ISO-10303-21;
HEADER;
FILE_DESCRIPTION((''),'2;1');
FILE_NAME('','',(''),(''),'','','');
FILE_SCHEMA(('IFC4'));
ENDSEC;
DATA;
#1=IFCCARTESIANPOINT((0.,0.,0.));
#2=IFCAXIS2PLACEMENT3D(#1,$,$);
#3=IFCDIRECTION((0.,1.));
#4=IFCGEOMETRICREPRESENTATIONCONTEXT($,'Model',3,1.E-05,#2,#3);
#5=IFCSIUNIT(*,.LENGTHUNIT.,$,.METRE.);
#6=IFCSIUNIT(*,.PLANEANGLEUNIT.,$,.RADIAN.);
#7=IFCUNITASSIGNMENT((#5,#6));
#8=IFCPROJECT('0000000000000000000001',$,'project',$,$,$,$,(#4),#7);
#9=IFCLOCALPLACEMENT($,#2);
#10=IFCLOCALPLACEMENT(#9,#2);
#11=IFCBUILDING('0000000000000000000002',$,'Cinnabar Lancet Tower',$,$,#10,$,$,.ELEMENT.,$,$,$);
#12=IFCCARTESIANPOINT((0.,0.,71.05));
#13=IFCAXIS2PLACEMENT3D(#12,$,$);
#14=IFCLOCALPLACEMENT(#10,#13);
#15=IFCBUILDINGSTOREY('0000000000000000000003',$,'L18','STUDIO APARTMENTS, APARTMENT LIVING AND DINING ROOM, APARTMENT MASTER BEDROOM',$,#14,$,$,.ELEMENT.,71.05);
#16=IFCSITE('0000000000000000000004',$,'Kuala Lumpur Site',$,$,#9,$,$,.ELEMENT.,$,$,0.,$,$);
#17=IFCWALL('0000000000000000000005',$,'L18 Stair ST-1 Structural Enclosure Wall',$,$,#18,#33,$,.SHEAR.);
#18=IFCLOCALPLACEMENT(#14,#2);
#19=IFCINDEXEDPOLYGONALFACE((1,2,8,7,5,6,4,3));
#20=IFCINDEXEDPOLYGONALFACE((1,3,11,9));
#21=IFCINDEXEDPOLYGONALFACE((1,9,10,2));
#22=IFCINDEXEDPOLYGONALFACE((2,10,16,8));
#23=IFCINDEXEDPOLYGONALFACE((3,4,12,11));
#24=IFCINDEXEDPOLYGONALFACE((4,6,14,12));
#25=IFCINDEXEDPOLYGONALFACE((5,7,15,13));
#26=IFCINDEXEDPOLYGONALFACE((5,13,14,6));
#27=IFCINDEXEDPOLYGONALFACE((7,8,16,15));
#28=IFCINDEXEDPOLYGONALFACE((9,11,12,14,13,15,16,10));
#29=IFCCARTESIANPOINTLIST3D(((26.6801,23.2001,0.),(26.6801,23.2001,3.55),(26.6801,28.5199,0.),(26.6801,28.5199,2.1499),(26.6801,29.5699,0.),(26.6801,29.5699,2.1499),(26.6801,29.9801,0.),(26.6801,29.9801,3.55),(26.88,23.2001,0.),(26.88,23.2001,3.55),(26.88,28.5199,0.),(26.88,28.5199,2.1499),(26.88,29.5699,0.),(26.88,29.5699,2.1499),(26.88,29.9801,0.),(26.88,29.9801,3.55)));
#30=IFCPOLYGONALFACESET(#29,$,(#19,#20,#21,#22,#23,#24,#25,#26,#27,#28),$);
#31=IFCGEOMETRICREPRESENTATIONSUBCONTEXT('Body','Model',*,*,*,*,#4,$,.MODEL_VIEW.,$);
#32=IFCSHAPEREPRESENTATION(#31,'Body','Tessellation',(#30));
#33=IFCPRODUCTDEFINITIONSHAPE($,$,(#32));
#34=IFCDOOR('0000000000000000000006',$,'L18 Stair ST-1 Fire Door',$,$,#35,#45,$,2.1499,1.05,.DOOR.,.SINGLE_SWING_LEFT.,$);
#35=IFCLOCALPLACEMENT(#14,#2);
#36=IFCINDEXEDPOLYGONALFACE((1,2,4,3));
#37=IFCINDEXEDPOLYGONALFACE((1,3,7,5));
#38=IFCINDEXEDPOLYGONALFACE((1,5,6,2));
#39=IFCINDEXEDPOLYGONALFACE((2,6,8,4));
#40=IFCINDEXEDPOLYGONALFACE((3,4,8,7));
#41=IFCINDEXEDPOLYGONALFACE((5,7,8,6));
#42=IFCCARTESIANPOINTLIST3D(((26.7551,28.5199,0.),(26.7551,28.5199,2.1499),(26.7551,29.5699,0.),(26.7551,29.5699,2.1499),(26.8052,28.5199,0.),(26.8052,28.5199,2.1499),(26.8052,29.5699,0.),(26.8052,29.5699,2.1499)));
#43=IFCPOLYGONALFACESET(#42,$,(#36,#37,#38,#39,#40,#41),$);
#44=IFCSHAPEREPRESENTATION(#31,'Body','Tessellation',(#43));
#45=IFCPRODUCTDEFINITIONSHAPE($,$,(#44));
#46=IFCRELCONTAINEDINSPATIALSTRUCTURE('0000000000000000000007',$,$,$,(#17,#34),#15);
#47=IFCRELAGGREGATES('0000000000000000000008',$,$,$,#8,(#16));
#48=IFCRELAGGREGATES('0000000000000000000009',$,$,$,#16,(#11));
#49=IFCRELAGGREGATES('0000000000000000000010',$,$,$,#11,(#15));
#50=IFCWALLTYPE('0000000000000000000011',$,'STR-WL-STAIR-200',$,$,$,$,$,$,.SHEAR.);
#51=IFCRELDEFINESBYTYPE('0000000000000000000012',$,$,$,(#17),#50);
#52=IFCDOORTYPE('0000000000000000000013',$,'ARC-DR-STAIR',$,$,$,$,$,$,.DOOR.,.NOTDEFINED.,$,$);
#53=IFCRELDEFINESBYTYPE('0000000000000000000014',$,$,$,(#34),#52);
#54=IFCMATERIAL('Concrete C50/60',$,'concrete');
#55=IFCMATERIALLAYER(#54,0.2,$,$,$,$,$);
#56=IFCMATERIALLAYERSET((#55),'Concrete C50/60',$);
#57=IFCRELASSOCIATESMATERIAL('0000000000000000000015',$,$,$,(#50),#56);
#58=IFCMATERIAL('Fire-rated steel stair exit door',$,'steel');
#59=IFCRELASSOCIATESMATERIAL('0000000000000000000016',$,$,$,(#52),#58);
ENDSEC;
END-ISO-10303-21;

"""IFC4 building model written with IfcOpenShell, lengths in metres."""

from ifc_helpers import new_model, si_unit, direction, frame, frame_2d, origin, place, context, subcontext, project, spatial, rectangle, extrude, material, layer, layer_set, type_object, element, fill, save


model = new_model("IFC4")

# Units and contexts
model_context = context("Model", 3, precision=1e-05, world=origin(), true_north=direction((0.0, 1.0)))
body_context = subcontext(model_context, "Body", "Model", "MODEL_VIEW")
ifc_project = project(units=[si_unit("LENGTHUNIT", "METRE"), si_unit("PLANEANGLEUNIT", "RADIAN")], contexts=[model_context])

# Site, building, storey
site_placement = place(None, origin())
site = spatial("IfcSite", under=ifc_project, at=site_placement, Name="Kuala Lumpur Site", CompositionType="ELEMENT", RefElevation=0.0)
building_placement = place(site_placement, origin())
building = spatial("IfcBuilding", under=site, at=building_placement, Name="Cinnabar Lancet Tower", CompositionType="ELEMENT")
storey_placement = place(building_placement, frame((0.0, 0.0, 71.05)))
storey = spatial("IfcBuildingStorey", under=building, at=storey_placement, Name="L18", Description="STUDIO APARTMENTS, APARTMENT LIVING AND DINING ROOM, APARTMENT MASTER BEDROOM", CompositionType="ELEMENT", Elevation=71.05)

# Wall, opening, door
ifc_material_1 = material(Name="Concrete C50/60", Category="concrete")
ifc_layer_1 = layer(ifc_material_1, 0.2)
ifc_layer_set_1 = layer_set([ifc_layer_1], Name="Concrete C50/60")
wall_type_1 = type_object("IfcWallType", Name="STR-WL-STAIR-200", PredefinedType="SHEAR", material=ifc_layer_set_1)
wall_1_placement = place(storey_placement, frame((26.78, 23.2, 0.0), z_axis=(0.0, 0.0, 1.0), x_axis=(0.0, 1.0, 0.0)))
wall_1 = element("IfcWall", 1, at=wall_1_placement, inside=storey, type_object=wall_type_1, Name="L18 Stair ST-1 Structural Enclosure Wall", PredefinedType="SHEAR", context=body_context, shape_type="SweptSolid", body=[
    extrude(rectangle(XDim=6.78, YDim=0.2, at=frame_2d((3.3901, 0.0))), origin(), (0.0, 0.0, 1.0), 3.55),
])
opening_1_placement = place(wall_1_placement, frame((5.3201, 0.0, 0.0)))
opening_1 = element("IfcOpeningElement", 2, at=opening_1_placement, cuts=wall_1, PredefinedType="OPENING", context=body_context, shape_type="SweptSolid", body=[
    extrude(rectangle(XDim=1.05, YDim=2.1499, at=frame_2d((0.5249, 1.075))), frame((0.0, 0.1099, 0.0), z_axis=(0.0, -1.0, 0.0), x_axis=(1.0, 0.0, 0.0)), (0.0, 0.0, 1.0), 0.22),
])
ifc_material_2 = material(Name="Fire-rated steel stair exit door", Category="steel")
door_type_1 = type_object("IfcDoorType", Name="ARC-DR-STAIR", OperationType="NOTDEFINED", PredefinedType="DOOR", material=ifc_material_2)
door_1_placement = place(opening_1_placement, origin())
door_1 = element("IfcDoor", 3, at=door_1_placement, inside=storey, type_object=door_type_1, Name="L18 Stair ST-1 Fire Door", OperationType="SINGLE_SWING_LEFT", OverallHeight=2.1499, OverallWidth=1.05, PredefinedType="DOOR", context=body_context, shape_type="SweptSolid", body=[
    extrude(rectangle(XDim=1.05, YDim=2.1499, at=frame_2d((0.5249, 1.075))), frame((0.0, 0.0249, 0.0), z_axis=(0.0, -1.0, 0.0), x_axis=(1.0, 0.0, 0.0)), (0.0, 0.0, 1.0), 0.05),
])
fill(opening_1, door_1)

save(model, "model.ifc")
